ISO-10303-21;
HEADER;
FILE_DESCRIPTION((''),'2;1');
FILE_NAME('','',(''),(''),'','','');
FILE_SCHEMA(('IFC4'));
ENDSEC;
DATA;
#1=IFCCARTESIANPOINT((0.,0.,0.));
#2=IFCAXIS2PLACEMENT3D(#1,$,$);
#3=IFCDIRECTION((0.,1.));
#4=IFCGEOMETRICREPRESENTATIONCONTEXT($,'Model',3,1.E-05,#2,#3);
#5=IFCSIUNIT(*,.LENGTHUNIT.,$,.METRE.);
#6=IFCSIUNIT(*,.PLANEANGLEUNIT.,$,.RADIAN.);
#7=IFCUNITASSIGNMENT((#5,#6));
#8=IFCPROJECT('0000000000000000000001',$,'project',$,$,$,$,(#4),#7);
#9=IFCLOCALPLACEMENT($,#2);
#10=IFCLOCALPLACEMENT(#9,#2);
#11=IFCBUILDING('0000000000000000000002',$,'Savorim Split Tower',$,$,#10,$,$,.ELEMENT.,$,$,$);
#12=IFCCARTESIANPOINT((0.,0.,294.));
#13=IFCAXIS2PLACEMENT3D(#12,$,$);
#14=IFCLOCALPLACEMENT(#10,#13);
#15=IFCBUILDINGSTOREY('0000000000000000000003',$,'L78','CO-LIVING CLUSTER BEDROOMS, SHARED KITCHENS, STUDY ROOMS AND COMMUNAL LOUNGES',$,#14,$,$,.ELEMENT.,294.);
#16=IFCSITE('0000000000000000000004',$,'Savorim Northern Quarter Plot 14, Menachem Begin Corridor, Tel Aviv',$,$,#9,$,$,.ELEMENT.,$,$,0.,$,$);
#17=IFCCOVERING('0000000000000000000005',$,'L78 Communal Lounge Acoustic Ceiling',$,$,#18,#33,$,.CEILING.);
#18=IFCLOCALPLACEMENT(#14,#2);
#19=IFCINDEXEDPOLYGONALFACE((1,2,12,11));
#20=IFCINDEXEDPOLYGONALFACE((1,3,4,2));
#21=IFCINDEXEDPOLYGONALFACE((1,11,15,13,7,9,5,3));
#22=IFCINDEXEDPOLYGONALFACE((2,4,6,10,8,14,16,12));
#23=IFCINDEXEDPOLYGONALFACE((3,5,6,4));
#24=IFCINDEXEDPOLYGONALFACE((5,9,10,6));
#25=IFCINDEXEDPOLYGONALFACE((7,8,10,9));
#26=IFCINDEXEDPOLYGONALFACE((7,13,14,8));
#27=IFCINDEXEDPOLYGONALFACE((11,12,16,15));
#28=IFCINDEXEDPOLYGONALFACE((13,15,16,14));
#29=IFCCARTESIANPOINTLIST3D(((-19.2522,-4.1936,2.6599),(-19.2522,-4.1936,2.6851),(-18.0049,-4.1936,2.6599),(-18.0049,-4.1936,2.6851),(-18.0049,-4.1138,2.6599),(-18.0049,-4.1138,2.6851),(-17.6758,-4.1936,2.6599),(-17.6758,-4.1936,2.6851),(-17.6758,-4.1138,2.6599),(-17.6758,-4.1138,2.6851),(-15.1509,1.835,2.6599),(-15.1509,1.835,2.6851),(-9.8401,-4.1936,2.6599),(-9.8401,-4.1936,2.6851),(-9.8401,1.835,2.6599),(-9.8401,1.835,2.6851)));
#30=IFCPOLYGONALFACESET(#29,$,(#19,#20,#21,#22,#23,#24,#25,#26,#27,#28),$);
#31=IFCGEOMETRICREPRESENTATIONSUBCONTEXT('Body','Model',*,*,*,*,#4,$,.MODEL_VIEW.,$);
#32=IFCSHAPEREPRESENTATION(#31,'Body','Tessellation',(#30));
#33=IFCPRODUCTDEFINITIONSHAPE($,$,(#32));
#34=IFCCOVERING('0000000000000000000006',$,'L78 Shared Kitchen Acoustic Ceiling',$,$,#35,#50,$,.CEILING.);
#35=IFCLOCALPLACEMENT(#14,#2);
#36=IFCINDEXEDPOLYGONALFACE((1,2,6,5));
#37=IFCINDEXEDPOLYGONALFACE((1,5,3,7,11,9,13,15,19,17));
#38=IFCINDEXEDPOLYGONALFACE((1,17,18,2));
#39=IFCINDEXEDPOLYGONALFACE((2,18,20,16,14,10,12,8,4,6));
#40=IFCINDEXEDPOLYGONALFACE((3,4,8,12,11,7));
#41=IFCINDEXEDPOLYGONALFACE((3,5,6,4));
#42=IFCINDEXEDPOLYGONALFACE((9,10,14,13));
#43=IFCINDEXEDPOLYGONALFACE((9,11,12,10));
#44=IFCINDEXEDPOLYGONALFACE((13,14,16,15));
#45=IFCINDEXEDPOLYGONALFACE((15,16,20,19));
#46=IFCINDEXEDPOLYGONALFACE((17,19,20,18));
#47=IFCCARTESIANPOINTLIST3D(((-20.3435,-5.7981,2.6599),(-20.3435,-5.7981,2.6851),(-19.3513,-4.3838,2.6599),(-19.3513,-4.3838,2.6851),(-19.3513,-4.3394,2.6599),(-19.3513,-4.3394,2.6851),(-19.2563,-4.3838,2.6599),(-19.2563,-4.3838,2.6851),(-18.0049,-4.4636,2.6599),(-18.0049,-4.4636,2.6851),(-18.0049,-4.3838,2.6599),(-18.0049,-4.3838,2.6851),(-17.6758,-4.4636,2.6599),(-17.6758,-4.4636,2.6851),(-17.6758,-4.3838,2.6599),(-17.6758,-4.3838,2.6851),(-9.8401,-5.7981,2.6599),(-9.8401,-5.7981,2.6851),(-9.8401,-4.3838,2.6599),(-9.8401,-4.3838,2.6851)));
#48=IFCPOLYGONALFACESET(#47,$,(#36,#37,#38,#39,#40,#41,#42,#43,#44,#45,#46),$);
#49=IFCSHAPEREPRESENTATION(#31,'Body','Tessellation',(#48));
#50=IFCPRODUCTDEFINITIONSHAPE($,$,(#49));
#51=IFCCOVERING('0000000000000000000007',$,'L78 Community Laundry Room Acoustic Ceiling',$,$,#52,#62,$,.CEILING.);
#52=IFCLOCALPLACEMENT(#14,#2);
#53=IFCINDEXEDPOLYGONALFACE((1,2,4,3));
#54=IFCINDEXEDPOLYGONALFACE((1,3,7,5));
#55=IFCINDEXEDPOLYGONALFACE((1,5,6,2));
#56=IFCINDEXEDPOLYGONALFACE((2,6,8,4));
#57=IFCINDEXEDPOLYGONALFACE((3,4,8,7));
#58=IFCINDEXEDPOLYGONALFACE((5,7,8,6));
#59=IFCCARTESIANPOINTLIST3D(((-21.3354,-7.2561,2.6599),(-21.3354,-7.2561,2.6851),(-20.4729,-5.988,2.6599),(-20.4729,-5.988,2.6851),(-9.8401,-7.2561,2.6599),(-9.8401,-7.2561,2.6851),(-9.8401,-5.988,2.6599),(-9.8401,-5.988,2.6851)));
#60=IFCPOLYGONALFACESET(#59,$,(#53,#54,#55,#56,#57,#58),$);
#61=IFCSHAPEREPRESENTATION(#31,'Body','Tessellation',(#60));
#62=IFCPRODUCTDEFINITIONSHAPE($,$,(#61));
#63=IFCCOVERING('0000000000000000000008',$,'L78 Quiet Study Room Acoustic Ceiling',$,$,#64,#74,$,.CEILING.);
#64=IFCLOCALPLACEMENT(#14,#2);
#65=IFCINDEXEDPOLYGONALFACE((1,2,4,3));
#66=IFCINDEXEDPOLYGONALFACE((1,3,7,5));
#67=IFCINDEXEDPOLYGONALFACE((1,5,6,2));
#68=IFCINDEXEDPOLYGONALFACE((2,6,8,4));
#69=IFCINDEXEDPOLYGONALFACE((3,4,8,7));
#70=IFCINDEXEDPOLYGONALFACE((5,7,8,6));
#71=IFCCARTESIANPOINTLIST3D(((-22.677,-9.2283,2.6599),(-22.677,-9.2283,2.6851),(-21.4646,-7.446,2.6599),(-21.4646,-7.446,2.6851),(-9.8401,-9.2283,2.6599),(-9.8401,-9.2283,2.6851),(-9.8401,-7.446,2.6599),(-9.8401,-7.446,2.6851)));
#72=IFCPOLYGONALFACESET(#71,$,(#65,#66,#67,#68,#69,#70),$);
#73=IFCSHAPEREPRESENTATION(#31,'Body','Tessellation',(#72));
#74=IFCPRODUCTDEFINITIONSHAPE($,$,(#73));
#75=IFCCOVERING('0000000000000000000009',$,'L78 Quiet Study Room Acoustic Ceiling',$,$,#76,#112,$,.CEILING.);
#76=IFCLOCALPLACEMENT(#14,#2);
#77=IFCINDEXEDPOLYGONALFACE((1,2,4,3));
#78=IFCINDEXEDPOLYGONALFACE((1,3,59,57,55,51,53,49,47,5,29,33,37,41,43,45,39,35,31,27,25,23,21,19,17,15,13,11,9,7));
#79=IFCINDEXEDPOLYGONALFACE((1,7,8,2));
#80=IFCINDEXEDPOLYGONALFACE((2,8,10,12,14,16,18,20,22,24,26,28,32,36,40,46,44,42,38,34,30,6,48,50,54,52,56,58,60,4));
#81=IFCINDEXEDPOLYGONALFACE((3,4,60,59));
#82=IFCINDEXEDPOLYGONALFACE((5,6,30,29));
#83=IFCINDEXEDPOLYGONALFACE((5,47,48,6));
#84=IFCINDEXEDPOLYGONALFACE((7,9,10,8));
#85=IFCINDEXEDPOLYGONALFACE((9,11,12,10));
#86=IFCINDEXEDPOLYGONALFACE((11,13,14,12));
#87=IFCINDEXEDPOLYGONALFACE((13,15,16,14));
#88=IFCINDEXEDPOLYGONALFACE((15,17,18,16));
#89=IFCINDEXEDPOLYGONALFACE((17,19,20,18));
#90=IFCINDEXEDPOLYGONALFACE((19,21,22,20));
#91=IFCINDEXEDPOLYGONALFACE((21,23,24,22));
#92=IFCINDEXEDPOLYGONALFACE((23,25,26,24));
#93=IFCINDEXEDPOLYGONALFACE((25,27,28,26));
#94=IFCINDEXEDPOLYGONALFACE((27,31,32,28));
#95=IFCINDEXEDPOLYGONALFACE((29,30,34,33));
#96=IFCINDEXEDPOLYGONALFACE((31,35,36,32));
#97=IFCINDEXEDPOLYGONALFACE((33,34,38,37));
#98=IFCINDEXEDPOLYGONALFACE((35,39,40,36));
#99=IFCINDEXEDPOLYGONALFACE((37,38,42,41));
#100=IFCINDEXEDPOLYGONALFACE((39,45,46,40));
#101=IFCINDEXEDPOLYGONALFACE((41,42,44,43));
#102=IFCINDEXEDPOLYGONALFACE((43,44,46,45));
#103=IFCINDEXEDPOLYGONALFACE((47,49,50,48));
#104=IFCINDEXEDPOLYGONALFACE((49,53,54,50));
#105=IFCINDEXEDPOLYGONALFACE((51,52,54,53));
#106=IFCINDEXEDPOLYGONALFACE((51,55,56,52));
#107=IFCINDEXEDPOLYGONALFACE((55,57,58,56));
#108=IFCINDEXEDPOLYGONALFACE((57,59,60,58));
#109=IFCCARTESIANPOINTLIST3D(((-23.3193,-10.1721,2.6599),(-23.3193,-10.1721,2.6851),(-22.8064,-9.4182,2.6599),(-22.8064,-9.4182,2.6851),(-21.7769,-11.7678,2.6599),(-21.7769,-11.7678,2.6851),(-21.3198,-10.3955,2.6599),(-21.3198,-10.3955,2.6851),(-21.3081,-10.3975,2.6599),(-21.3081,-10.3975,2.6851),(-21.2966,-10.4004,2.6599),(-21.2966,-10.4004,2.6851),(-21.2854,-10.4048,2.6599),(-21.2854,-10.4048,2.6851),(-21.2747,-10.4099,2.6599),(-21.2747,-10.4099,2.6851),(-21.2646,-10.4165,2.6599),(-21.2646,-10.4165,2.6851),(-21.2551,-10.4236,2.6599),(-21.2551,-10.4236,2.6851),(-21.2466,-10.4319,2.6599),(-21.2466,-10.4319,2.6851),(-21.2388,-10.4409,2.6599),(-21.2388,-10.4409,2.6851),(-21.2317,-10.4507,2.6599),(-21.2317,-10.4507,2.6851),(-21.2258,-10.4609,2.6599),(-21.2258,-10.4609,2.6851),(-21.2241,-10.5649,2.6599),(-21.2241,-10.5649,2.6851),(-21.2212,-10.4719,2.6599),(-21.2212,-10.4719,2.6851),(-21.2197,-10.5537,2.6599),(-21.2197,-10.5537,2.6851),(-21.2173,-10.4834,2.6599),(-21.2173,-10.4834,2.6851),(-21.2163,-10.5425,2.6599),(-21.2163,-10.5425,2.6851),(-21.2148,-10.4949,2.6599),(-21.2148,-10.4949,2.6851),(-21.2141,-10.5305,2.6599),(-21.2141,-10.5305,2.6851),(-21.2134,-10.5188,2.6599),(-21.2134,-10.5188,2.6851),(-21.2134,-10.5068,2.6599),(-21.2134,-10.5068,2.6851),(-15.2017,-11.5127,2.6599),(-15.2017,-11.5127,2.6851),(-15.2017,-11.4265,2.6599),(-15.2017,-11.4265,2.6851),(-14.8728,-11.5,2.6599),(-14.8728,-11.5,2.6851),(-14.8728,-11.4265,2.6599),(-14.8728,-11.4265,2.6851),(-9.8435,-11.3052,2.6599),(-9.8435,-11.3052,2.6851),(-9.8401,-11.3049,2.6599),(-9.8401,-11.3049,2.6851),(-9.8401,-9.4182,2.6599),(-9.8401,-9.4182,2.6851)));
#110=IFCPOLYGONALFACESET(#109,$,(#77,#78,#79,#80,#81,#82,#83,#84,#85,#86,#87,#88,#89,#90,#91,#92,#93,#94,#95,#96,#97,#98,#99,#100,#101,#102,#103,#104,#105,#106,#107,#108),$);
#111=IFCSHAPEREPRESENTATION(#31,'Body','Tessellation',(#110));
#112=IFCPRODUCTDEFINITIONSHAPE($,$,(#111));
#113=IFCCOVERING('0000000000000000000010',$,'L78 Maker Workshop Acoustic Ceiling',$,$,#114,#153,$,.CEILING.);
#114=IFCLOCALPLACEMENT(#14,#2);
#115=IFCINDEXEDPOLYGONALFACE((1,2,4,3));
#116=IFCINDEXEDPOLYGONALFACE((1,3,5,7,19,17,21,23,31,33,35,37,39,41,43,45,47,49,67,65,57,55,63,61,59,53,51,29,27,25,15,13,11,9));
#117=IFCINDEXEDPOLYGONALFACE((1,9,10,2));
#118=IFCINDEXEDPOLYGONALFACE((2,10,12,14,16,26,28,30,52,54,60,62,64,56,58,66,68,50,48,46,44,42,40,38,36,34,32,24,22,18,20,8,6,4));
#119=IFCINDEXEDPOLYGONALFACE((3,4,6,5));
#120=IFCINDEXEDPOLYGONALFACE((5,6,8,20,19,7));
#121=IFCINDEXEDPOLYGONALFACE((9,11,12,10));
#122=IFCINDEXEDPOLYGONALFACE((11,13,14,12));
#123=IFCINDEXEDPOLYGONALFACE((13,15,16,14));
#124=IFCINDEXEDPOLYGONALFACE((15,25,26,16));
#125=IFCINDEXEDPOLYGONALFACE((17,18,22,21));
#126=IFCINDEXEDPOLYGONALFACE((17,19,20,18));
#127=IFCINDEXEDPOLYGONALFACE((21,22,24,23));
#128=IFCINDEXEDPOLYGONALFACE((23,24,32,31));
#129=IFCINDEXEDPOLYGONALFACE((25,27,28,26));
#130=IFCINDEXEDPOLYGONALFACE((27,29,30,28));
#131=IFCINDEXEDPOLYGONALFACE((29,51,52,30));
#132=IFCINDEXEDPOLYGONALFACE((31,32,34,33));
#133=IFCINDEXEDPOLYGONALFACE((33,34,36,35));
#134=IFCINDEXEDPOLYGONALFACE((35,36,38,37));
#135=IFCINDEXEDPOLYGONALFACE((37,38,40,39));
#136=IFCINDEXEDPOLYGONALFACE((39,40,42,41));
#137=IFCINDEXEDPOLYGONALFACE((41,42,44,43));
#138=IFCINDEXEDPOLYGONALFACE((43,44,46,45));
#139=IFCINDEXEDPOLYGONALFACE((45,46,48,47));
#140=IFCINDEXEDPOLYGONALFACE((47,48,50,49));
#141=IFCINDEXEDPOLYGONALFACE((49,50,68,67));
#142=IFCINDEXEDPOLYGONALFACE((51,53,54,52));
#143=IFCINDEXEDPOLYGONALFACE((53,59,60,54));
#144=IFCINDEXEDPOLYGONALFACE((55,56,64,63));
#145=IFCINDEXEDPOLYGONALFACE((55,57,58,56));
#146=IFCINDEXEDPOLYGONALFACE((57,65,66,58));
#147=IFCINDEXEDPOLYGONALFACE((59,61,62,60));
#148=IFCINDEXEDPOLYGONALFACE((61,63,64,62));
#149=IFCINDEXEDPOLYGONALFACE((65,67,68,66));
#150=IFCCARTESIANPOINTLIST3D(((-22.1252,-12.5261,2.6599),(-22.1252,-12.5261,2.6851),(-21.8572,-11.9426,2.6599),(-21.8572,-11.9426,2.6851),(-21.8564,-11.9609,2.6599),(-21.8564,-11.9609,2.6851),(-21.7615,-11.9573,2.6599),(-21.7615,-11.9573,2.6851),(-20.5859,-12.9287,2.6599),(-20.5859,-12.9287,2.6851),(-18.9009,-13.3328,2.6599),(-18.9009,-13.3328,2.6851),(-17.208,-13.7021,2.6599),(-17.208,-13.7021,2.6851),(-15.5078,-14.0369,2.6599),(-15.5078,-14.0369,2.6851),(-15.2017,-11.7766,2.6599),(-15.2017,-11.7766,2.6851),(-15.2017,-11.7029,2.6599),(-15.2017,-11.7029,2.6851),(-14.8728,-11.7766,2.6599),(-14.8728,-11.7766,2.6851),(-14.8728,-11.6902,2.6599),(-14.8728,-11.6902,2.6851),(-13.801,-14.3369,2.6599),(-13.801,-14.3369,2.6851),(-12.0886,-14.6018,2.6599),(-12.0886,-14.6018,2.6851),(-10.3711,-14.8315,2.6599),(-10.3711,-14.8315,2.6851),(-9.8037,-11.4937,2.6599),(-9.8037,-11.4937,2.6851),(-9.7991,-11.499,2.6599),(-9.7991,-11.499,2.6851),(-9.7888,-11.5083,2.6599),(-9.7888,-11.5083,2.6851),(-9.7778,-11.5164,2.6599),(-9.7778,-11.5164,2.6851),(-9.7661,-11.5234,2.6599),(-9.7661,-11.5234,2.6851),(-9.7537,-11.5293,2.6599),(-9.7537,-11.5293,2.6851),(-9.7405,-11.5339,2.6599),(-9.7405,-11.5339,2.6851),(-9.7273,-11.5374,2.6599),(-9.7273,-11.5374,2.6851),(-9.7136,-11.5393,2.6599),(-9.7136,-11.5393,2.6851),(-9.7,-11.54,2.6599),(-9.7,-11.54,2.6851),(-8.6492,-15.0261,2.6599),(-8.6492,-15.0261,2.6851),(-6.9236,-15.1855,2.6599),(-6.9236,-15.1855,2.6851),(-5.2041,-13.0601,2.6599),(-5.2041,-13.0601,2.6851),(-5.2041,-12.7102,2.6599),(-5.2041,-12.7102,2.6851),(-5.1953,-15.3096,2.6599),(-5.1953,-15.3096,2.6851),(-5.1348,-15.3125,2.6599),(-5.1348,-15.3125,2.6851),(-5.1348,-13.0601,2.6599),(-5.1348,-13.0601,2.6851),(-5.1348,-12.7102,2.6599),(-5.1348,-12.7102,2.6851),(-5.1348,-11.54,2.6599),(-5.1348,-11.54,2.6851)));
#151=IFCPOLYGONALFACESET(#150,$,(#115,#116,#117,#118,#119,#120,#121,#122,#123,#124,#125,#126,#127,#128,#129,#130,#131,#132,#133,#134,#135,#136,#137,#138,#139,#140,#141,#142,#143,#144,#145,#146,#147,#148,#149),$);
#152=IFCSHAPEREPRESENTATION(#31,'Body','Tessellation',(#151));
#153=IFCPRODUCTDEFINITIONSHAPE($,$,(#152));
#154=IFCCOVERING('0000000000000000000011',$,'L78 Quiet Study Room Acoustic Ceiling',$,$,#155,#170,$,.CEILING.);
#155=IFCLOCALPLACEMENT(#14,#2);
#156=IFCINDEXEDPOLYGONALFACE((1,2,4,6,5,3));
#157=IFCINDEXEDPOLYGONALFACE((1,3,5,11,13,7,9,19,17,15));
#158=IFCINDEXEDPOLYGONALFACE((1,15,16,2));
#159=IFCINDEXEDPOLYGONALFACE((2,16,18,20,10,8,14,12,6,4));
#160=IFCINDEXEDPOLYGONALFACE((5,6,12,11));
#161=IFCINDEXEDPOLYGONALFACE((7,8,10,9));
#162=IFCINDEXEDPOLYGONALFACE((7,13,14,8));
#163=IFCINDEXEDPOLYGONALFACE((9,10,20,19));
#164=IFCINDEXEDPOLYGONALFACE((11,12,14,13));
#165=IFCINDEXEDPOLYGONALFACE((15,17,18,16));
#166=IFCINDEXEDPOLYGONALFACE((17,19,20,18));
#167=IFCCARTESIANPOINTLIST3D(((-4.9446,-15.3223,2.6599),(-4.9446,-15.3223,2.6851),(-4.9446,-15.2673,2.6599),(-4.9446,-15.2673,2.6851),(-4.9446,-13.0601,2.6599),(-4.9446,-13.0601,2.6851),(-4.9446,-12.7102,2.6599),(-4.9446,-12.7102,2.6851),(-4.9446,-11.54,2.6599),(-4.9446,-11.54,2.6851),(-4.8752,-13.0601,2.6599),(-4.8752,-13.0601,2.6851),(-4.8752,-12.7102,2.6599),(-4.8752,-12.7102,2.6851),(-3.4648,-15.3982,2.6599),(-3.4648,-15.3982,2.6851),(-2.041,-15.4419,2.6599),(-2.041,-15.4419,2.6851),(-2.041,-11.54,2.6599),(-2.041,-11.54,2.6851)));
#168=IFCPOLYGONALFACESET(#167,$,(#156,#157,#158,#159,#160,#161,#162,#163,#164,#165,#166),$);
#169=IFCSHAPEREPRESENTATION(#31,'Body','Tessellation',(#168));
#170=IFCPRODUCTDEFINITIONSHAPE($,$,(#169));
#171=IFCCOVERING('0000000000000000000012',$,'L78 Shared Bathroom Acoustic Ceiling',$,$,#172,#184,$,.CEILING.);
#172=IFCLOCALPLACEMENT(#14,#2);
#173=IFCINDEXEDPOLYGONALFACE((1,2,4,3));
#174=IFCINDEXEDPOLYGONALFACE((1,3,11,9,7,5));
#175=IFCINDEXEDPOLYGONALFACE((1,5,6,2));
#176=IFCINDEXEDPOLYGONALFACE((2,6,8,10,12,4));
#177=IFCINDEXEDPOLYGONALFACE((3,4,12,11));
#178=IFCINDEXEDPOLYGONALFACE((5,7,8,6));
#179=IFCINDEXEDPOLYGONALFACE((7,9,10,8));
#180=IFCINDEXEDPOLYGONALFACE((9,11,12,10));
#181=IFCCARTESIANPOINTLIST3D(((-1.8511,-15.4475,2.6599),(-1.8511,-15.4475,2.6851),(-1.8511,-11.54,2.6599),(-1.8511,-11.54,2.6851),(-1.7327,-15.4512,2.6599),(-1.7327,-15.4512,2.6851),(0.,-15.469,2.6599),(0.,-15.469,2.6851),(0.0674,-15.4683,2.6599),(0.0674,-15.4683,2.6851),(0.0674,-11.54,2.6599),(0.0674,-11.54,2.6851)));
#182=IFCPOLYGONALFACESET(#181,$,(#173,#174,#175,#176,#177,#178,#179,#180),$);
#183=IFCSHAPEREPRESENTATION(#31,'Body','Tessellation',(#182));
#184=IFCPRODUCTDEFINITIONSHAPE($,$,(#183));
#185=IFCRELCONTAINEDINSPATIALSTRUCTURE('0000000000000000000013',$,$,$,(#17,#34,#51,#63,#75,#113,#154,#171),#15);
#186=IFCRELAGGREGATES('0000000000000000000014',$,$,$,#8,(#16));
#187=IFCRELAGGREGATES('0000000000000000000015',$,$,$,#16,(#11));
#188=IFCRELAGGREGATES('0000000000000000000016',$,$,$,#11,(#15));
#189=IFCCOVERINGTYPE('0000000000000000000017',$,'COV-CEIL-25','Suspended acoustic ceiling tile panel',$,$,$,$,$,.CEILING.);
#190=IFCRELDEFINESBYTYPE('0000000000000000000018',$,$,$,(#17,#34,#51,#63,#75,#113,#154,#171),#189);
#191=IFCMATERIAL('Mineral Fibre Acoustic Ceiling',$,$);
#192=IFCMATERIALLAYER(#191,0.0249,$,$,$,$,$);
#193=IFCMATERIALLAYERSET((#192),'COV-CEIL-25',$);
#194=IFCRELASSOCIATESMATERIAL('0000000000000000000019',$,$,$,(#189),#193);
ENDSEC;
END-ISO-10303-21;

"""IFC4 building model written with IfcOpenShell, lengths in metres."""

from ifc_helpers import new_model, si_unit, direction, frame, origin, place, context, subcontext, project, spatial, polyline, outline, extrude, material, layer, layer_set, type_object, element, save


model = new_model("IFC4")

# Units and contexts
model_context = context("Model", 3, precision=1e-05, world=origin(), true_north=direction((0.0, 1.0)))
body_context = subcontext(model_context, "Body", "Model", "MODEL_VIEW")
ifc_project = project(units=[si_unit("LENGTHUNIT", "METRE"), si_unit("PLANEANGLEUNIT", "RADIAN")], contexts=[model_context])

# Site, building, storey
site_placement = place(None, origin())
site = spatial("IfcSite", under=ifc_project, at=site_placement, Name="Savorim Northern Quarter Plot 14, Menachem Begin Corridor, Tel Aviv", CompositionType="ELEMENT", RefElevation=0.0)
building_placement = place(site_placement, origin())
building = spatial("IfcBuilding", under=site, at=building_placement, Name="Savorim Split Tower", CompositionType="ELEMENT")
storey_placement = place(building_placement, frame((0.0, 0.0, 294.0)))
storey = spatial("IfcBuildingStorey", under=building, at=storey_placement, Name="L78", Description="CO-LIVING CLUSTER BEDROOMS, SHARED KITCHENS, STUDY ROOMS AND COMMUNAL LOUNGES", CompositionType="ELEMENT", Elevation=294.0)

# Coverings
ifc_material_1 = material(Name="Mineral Fibre Acoustic Ceiling")
ifc_layer_1 = layer(ifc_material_1, 0.0249)
ifc_layer_set_1 = layer_set([ifc_layer_1], Name="COV-CEIL-25")
covering_type_1 = type_object("IfcCoveringType", Name="COV-CEIL-25", Description="Suspended acoustic ceiling tile panel", PredefinedType="CEILING", material=ifc_layer_set_1)
covering_1_placement = place(storey_placement, frame((0.0, 0.0, 2.6599)))
element("IfcCovering", 1, at=covering_1_placement, inside=storey, type_object=covering_type_1, Name="L78 Communal Lounge Acoustic Ceiling", PredefinedType="CEILING", context=body_context, shape_type="SweptSolid", body=[
    extrude(outline(polyline([(-17.6758, -4.1138), (-17.6758, -4.1936), (-9.8401, -4.1936), (-9.8401, 1.835), (-15.1509, 1.835), (-19.2522, -4.1936), (-18.0049, -4.1936), (-18.0049, -4.1138), (-17.6758, -4.1138)])), origin(), (0.0, 0.0, 1.0), 0.0251),
])
covering_2_placement = place(storey_placement, frame((0.0, 0.0, 2.6599)))
element("IfcCovering", 2, at=covering_2_placement, inside=storey, type_object=covering_type_1, Name="L78 Shared Kitchen Acoustic Ceiling", PredefinedType="CEILING", context=body_context, shape_type="SweptSolid", body=[
    extrude(outline(polyline([(-19.2563, -4.3838), (-19.3513, -4.3838), (-19.3513, -4.3394), (-20.3435, -5.7981), (-9.8401, -5.7981), (-9.8401, -4.3838), (-17.6758, -4.3838), (-17.6758, -4.4636), (-18.0049, -4.4636), (-18.0049, -4.3838), (-19.2563, -4.3838)])), origin(), (0.0, 0.0, 1.0), 0.0251),
])
covering_3_placement = place(storey_placement, frame((0.0, 0.0, 2.6599)))
element("IfcCovering", 3, at=covering_3_placement, inside=storey, type_object=covering_type_1, Name="L78 Community Laundry Room Acoustic Ceiling", PredefinedType="CEILING", context=body_context, shape_type="SweptSolid", body=[
    extrude(outline(polyline([(-9.8401, -7.2561), (-9.8401, -5.988), (-20.4729, -5.988), (-21.3354, -7.2561), (-9.8401, -7.2561)])), origin(), (0.0, 0.0, 1.0), 0.0251),
])
covering_4_placement = place(storey_placement, frame((0.0, 0.0, 2.6599)))
element("IfcCovering", 4, at=covering_4_placement, inside=storey, type_object=covering_type_1, Name="L78 Quiet Study Room Acoustic Ceiling", PredefinedType="CEILING", context=body_context, shape_type="SweptSolid", body=[
    extrude(outline(polyline([(-9.8401, -9.2283), (-9.8401, -7.446), (-21.4646, -7.446), (-22.677, -9.2283), (-9.8401, -9.2283)])), origin(), (0.0, 0.0, 1.0), 0.0251),
])
covering_5_placement = place(storey_placement, frame((0.0, 0.0, 2.6599)))
element("IfcCovering", 5, at=covering_5_placement, inside=storey, type_object=covering_type_1, Name="L78 Quiet Study Room Acoustic Ceiling", PredefinedType="CEILING", context=body_context, shape_type="SweptSolid", body=[
    extrude(outline(polyline([(-21.2134, -10.5068), (-21.2134, -10.5188), (-21.2141, -10.5305), (-21.2163, -10.5425), (-21.2197, -10.5537), (-21.2241, -10.5649), (-21.7769, -11.7678), (-15.2017, -11.5127), (-15.2017, -11.4265), (-14.8728, -11.4265), (-14.8728, -11.5), (-9.8435, -11.3052), (-9.8401, -11.3049), (-9.8401, -9.4182), (-22.8064, -9.4182), (-23.3193, -10.1721), (-21.3198, -10.3955), (-21.3081, -10.3975), (-21.2966, -10.4004), (-21.2854, -10.4048), (-21.2747, -10.4099), (-21.2646, -10.4165), (-21.2551, -10.4236), (-21.2466, -10.4319), (-21.2388, -10.4409), (-21.2317, -10.4507), (-21.2258, -10.4609), (-21.2212, -10.4719), (-21.2173, -10.4834), (-21.2148, -10.4949), (-21.2134, -10.5068)])), origin(), (0.0, 0.0, 1.0), 0.0251),
])
covering_6_placement = place(storey_placement, frame((0.0, 0.0, 2.6599)))
element("IfcCovering", 6, at=covering_6_placement, inside=storey, type_object=covering_type_1, Name="L78 Maker Workshop Acoustic Ceiling", PredefinedType="CEILING", context=body_context, shape_type="SweptSolid", body=[
    extrude(outline(polyline([(-10.3711, -14.8315), (-8.6492, -15.0261), (-6.9236, -15.1855), (-5.1953, -15.3096), (-5.1348, -15.3125), (-5.1348, -13.0601), (-5.2041, -13.0601), (-5.2041, -12.7102), (-5.1348, -12.7102), (-5.1348, -11.54), (-9.7, -11.54), (-9.7136, -11.5393), (-9.7273, -11.5374), (-9.7405, -11.5339), (-9.7537, -11.5293), (-9.7661, -11.5234), (-9.7778, -11.5164), (-9.7888, -11.5083), (-9.7991, -11.499), (-9.8037, -11.4937), (-14.8728, -11.6902), (-14.8728, -11.7766), (-15.2017, -11.7766), (-15.2017, -11.7029), (-21.7615, -11.9573), (-21.8564, -11.9609), (-21.8572, -11.9426), (-22.1252, -12.5261), (-20.5859, -12.9287), (-18.9009, -13.3328), (-17.208, -13.7021), (-15.5078, -14.0369), (-13.801, -14.3369), (-12.0886, -14.6018), (-10.3711, -14.8315)])), origin(), (0.0, 0.0, 1.0), 0.0251),
])
covering_7_placement = place(storey_placement, frame((0.0, 0.0, 2.6599)))
element("IfcCovering", 7, at=covering_7_placement, inside=storey, type_object=covering_type_1, Name="L78 Quiet Study Room Acoustic Ceiling", PredefinedType="CEILING", context=body_context, shape_type="SweptSolid", body=[
    extrude(outline(polyline([(-4.9446, -15.2673), (-4.9446, -15.3223), (-3.4648, -15.3982), (-2.041, -15.4419), (-2.041, -11.54), (-4.9446, -11.54), (-4.9446, -12.7102), (-4.8752, -12.7102), (-4.8752, -13.0601), (-4.9446, -13.0601), (-4.9446, -15.2673)])), origin(), (0.0, 0.0, 1.0), 0.0251),
])
covering_8_placement = place(storey_placement, frame((0.0, 0.0, 2.6599)))
element("IfcCovering", 8, at=covering_8_placement, inside=storey, type_object=covering_type_1, Name="L78 Shared Bathroom Acoustic Ceiling", PredefinedType="CEILING", context=body_context, shape_type="SweptSolid", body=[
    extrude(outline(polyline([(-1.8511, -15.4475), (-1.7327, -15.4512), (0.0, -15.469), (0.0674, -15.4683), (0.0674, -11.54), (-1.8511, -11.54), (-1.8511, -15.4475)])), origin(), (0.0, 0.0, 1.0), 0.0251),
])

save(model, "model.ifc")
